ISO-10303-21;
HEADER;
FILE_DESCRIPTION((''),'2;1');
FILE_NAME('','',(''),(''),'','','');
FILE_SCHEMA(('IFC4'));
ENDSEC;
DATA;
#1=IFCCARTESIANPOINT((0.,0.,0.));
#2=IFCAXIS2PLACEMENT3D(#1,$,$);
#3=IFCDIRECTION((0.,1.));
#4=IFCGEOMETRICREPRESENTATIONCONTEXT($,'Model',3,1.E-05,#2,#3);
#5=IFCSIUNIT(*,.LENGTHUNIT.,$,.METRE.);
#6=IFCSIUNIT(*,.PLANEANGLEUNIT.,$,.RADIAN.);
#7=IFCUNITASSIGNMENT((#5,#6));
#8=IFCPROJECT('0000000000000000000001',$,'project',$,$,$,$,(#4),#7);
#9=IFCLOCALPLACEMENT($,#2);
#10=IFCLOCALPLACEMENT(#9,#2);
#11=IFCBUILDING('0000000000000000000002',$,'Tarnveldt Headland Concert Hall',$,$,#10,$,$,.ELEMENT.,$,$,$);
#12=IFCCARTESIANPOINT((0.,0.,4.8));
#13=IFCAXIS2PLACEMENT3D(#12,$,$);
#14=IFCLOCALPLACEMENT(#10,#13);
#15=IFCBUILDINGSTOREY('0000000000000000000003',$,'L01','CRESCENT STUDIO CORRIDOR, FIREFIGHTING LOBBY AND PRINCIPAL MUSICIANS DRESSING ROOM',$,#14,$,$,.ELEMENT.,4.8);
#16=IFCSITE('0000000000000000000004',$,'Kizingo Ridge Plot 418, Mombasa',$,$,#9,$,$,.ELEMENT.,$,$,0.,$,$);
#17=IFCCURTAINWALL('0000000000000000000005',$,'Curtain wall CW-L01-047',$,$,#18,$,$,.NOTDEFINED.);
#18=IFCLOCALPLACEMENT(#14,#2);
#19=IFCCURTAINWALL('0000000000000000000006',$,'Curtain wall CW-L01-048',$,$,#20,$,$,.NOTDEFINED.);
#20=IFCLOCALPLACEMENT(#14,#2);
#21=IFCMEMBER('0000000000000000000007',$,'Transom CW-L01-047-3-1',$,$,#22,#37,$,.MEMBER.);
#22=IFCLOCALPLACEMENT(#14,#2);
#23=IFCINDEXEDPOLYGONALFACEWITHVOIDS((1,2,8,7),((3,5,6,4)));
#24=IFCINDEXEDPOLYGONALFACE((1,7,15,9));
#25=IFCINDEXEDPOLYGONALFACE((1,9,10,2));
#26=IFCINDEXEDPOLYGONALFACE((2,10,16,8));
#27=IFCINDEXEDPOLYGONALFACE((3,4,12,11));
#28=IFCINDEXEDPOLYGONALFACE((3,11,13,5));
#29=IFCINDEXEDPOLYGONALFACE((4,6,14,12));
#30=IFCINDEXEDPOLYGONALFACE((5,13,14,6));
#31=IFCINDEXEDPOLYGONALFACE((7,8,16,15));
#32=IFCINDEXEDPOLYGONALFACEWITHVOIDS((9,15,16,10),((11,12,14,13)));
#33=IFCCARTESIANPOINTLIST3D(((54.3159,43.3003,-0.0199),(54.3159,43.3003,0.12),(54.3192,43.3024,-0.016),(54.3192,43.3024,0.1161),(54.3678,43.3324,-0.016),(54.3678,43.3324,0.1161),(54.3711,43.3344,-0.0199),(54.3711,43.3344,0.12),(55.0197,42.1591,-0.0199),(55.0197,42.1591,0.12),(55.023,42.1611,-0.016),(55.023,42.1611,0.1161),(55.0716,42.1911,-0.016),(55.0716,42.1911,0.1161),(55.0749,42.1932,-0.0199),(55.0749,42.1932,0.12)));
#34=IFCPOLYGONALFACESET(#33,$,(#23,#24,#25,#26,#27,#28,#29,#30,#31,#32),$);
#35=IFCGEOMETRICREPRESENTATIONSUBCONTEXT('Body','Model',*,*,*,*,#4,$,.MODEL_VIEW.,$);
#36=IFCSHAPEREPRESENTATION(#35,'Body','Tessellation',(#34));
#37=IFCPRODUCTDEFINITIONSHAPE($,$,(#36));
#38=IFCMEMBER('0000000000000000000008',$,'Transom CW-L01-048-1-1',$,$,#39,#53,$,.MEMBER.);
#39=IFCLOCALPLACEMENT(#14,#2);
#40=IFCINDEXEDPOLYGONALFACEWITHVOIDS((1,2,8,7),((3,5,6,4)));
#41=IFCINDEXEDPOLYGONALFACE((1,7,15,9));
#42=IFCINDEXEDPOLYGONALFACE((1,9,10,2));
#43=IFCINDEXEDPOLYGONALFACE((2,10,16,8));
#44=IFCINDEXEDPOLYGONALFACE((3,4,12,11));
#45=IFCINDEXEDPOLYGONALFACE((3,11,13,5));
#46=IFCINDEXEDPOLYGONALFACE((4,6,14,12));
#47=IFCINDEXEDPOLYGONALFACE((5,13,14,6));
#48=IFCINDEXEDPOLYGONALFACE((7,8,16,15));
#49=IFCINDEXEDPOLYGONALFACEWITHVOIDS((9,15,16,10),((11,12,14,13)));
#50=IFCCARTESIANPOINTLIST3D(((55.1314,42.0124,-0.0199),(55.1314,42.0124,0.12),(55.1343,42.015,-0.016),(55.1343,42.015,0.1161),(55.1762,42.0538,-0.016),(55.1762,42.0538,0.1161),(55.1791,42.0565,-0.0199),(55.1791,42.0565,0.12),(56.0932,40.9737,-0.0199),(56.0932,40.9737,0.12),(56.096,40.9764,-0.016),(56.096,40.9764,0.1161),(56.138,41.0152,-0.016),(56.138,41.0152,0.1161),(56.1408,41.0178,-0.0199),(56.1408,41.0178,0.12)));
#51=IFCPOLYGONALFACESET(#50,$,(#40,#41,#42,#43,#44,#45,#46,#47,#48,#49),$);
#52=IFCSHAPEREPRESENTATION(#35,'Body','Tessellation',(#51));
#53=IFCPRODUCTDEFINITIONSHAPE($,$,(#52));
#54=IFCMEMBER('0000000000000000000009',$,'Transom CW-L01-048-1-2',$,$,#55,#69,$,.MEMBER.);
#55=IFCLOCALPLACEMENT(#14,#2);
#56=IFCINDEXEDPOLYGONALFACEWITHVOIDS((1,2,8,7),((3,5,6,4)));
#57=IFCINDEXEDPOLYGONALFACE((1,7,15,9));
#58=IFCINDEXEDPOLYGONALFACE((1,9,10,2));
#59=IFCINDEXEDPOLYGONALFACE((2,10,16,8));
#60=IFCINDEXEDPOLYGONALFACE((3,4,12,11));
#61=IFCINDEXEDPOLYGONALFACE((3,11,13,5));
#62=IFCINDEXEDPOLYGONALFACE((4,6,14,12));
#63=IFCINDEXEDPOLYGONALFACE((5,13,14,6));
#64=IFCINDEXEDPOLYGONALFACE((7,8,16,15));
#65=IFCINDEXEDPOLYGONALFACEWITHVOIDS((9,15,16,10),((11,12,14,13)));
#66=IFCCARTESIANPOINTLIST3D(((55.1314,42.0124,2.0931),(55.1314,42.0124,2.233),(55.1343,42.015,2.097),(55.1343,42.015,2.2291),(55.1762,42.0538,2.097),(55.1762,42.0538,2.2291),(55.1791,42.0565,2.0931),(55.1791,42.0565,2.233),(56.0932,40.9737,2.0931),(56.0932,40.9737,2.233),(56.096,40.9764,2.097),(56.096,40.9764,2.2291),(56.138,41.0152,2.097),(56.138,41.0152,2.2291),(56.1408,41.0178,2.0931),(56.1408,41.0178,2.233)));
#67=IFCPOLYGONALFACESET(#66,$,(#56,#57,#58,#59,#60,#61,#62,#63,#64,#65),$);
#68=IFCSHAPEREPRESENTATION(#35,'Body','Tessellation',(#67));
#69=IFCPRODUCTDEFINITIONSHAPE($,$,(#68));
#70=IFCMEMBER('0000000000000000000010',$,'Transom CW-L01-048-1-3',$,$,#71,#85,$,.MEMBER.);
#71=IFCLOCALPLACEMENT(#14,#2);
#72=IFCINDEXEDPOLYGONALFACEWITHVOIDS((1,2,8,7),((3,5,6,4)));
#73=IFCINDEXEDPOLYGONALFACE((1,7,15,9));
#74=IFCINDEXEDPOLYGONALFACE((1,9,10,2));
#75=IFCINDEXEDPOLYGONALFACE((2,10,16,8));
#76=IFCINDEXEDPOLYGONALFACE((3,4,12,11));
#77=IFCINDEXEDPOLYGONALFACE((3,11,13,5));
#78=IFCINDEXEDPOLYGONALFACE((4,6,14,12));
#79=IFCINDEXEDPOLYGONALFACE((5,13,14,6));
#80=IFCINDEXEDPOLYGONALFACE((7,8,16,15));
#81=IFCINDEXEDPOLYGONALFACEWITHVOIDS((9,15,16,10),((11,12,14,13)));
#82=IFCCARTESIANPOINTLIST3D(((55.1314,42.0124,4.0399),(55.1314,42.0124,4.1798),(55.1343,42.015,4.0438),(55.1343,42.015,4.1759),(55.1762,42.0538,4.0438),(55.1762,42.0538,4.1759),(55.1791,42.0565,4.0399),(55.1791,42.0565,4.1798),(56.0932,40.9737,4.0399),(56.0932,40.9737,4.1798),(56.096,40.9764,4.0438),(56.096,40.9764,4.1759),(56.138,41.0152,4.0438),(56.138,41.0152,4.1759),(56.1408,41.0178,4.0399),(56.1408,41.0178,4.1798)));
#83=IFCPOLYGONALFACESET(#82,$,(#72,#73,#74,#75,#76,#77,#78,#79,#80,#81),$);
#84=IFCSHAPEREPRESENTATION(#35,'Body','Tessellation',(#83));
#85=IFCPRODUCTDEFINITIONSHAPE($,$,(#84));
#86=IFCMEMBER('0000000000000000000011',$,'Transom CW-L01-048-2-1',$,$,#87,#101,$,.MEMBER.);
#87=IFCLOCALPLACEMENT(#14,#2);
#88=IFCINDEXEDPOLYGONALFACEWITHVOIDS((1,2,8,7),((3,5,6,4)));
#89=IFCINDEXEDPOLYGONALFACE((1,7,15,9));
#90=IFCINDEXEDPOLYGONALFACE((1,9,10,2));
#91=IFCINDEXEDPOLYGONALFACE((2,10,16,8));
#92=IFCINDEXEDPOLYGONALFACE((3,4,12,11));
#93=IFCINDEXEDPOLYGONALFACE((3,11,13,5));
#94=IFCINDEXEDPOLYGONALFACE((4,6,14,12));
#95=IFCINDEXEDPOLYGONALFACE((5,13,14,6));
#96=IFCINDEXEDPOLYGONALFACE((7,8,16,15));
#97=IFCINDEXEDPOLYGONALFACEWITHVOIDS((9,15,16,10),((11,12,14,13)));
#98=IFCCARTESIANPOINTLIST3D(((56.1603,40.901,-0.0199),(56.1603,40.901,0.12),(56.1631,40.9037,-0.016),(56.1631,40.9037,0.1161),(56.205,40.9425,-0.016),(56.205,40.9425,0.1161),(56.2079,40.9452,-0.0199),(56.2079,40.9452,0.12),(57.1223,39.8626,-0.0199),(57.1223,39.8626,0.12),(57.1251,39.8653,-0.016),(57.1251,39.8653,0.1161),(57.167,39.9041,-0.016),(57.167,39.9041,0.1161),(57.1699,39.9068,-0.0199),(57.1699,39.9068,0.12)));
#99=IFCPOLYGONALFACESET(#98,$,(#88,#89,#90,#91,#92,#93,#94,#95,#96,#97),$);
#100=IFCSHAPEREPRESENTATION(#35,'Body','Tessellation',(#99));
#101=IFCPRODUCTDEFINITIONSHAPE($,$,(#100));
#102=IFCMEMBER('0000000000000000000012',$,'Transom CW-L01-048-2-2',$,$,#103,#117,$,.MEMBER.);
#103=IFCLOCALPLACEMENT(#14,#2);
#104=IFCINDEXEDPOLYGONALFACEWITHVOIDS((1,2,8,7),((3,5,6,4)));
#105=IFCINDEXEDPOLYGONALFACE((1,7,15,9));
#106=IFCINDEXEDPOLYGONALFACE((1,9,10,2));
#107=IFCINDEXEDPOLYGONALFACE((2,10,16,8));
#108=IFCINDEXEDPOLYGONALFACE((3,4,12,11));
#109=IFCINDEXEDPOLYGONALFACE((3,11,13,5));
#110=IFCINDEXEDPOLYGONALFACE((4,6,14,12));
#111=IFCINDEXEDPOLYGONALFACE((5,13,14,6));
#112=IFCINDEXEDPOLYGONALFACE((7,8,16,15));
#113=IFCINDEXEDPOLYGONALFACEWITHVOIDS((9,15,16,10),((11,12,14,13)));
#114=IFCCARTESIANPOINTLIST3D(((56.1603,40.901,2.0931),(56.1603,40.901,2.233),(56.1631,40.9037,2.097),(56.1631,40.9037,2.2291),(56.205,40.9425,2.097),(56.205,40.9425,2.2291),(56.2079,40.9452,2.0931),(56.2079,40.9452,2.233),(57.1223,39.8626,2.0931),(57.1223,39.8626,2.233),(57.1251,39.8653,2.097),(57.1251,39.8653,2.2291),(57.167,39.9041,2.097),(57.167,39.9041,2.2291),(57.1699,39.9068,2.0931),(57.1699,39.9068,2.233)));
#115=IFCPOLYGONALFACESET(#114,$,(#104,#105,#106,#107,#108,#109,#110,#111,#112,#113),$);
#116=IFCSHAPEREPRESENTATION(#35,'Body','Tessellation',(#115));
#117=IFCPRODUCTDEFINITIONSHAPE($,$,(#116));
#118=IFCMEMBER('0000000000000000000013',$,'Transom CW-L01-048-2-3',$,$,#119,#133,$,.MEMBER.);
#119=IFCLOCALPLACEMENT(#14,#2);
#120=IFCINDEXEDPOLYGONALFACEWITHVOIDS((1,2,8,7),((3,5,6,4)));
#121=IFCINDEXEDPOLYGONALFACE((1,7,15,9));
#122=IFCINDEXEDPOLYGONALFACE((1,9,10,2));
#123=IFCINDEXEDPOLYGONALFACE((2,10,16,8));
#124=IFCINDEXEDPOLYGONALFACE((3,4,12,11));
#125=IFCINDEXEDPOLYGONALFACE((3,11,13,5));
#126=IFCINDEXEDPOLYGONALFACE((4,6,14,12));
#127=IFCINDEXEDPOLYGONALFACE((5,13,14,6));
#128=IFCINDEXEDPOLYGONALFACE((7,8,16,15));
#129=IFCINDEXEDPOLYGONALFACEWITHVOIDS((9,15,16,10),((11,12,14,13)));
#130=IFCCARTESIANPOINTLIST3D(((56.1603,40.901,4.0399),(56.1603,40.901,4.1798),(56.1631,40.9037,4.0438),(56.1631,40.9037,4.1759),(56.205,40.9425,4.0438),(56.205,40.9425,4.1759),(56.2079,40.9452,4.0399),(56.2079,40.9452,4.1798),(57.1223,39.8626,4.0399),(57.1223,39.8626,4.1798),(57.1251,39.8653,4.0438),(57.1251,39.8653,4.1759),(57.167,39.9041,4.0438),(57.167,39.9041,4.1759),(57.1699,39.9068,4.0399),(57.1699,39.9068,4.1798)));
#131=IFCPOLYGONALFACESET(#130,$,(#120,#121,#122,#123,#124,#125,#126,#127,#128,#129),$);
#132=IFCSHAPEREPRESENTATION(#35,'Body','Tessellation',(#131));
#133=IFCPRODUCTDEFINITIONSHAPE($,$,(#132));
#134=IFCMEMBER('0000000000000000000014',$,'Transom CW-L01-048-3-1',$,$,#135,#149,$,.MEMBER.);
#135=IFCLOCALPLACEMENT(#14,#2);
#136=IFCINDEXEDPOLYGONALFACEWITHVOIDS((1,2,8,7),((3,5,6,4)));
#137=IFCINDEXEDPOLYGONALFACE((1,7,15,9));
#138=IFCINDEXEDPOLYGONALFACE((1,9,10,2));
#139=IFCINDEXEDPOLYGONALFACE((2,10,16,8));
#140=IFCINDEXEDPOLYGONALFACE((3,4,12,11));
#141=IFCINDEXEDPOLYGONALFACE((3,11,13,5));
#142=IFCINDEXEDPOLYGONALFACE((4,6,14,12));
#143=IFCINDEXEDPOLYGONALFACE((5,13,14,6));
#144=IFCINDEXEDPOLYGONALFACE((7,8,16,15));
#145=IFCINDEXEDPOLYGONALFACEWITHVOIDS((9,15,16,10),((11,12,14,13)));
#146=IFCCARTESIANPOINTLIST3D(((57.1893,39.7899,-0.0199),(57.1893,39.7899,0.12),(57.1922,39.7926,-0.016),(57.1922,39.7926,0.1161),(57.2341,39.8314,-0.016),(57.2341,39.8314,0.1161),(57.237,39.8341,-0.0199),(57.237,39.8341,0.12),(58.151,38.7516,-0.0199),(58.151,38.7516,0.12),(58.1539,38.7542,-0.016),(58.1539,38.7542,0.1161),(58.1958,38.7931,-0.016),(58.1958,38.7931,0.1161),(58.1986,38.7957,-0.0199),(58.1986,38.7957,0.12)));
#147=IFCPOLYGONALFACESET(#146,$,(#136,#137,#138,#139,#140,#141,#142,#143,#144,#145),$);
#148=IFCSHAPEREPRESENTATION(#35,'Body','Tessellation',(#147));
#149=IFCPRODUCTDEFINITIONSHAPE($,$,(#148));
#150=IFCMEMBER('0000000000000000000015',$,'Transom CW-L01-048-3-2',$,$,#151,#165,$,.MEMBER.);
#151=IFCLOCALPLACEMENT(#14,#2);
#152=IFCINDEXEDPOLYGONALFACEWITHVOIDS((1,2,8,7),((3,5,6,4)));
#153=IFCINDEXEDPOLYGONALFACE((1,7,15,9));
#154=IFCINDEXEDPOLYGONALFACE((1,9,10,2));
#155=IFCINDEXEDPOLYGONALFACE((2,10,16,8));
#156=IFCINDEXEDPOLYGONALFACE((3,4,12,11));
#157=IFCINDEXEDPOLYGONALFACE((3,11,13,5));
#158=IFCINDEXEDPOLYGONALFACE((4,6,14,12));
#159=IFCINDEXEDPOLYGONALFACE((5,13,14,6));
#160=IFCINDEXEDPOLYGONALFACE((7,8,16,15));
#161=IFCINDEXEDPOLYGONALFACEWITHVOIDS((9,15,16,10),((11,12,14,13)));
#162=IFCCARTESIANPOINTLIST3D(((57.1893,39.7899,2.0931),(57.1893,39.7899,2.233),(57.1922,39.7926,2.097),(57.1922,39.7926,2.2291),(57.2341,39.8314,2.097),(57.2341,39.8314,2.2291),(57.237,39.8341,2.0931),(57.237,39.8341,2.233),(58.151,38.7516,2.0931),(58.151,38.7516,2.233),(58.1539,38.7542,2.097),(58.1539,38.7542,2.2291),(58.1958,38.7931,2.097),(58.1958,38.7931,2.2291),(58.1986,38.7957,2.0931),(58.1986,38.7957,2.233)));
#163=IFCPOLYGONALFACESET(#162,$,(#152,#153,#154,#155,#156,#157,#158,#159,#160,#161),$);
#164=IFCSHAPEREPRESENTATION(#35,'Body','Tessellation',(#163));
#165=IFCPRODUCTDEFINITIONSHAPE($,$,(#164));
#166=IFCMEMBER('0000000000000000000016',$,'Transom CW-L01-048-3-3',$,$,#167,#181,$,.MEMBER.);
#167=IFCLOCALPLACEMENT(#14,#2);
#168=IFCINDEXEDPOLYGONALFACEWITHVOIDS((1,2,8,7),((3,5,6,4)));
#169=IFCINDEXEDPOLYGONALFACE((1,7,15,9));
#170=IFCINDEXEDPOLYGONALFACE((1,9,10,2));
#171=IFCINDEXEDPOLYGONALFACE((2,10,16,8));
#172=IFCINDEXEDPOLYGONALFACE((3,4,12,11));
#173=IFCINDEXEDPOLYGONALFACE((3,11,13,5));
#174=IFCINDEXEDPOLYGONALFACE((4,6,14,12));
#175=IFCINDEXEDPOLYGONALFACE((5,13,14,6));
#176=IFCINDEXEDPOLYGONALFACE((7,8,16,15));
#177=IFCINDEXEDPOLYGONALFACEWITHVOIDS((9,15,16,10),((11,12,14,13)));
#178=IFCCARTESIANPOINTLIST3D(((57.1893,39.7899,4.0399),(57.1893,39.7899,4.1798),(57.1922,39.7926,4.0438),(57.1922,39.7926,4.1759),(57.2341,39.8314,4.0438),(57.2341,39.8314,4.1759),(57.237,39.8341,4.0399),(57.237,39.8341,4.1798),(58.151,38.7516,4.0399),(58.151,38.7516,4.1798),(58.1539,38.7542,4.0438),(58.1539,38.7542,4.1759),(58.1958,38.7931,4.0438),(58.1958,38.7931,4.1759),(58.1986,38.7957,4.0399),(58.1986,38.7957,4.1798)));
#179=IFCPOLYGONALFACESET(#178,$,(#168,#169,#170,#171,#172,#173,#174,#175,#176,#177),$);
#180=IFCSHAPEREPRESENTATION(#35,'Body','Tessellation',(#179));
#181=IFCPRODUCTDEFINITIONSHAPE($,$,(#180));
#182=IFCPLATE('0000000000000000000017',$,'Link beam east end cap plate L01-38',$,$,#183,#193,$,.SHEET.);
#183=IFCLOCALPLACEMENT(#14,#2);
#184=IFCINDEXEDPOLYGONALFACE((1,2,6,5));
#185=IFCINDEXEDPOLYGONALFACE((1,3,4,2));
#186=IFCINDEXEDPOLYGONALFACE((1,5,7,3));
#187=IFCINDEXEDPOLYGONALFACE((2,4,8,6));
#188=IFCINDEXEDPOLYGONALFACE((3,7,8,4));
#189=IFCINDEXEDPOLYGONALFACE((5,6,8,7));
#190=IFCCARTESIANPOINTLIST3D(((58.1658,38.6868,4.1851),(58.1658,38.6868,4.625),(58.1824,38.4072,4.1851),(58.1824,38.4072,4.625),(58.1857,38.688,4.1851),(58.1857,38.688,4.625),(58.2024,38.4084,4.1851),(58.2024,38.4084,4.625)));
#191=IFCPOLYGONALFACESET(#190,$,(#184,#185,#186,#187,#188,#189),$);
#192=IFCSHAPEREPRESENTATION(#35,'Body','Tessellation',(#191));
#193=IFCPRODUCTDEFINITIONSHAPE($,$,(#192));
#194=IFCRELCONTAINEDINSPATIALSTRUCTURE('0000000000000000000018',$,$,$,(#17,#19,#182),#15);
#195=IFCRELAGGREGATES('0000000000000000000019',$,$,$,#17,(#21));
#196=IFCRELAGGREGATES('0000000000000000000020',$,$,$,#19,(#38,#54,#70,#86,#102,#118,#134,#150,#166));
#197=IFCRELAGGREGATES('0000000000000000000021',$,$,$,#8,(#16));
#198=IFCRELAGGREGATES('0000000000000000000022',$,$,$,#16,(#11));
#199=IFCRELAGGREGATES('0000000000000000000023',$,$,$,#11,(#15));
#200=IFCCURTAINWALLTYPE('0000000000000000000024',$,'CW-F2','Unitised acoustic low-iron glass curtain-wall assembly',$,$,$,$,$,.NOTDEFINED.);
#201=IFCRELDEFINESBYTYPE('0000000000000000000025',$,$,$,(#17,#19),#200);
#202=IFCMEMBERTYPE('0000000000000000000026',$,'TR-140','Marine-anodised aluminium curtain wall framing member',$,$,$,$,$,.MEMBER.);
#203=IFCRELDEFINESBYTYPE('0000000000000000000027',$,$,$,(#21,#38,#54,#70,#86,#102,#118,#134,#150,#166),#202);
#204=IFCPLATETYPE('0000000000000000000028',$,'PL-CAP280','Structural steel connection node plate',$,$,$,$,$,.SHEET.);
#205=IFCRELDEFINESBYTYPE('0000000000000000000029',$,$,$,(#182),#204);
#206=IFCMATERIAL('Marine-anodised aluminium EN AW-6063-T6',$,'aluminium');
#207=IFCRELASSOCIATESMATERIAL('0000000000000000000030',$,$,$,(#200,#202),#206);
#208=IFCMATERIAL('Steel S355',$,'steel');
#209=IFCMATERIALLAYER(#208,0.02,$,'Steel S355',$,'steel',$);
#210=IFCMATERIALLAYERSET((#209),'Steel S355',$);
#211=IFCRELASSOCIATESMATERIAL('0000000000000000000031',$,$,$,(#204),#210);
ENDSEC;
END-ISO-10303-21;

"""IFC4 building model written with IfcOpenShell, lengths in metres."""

from ifc_helpers import new_model, si_unit, direction, frame, origin, origin_2d, place, context, subcontext, project, spatial, rectangle, hollow_rectangle, extrude, material, layer, layer_set, material_profile, profile_set, type_object, element, aggregate, save


model = new_model("IFC4")

# Units and contexts
model_context = context("Model", 3, precision=1e-05, world=origin(), true_north=direction((0.0, 1.0)))
body_context = subcontext(model_context, "Body", "Model", "MODEL_VIEW")
ifc_project = project(units=[si_unit("LENGTHUNIT", "METRE"), si_unit("PLANEANGLEUNIT", "RADIAN")], contexts=[model_context])

# Site, building, storey
site_placement = place(None, origin())
site = spatial("IfcSite", under=ifc_project, at=site_placement, Name="Kizingo Ridge Plot 418, Mombasa", CompositionType="ELEMENT", RefElevation=0.0)
building_placement = place(site_placement, origin())
building = spatial("IfcBuilding", under=site, at=building_placement, Name="Tarnveldt Headland Concert Hall", CompositionType="ELEMENT")
storey_placement = place(building_placement, frame((0.0, 0.0, 4.8)))
storey = spatial("IfcBuildingStorey", under=building, at=storey_placement, Name="L01", Description="CRESCENT STUDIO CORRIDOR, FIREFIGHTING LOBBY AND PRINCIPAL MUSICIANS DRESSING ROOM", CompositionType="ELEMENT", Elevation=4.8)

# Shared definitions
ifc_material_1 = material(Name="Marine-anodised aluminium EN AW-6063-T6", Category="aluminium")

# Curtain wall
curtain_wall_type_1 = type_object("IfcCurtainWallType", Name="CW-F2", Description="Unitised acoustic low-iron glass curtain-wall assembly", PredefinedType="NOTDEFINED", material=ifc_material_1)
curtain_wall_1_placement = place(storey_placement, origin())
curtain_wall_1 = element("IfcCurtainWall", 1, at=curtain_wall_1_placement, inside=storey, type_object=curtain_wall_type_1, Name="Curtain wall CW-L01-047", PredefinedType="NOTDEFINED")

# Curtain wall
curtain_wall_2_placement = place(storey_placement, origin())
curtain_wall_2 = element("IfcCurtainWall", 2, at=curtain_wall_2_placement, inside=storey, type_object=curtain_wall_type_1, Name="Curtain wall CW-L01-048", PredefinedType="NOTDEFINED")

# Members
ifc_material_profile_1 = material_profile(ifc_material_1, hollow_rectangle(XDim=0.0649, YDim=0.1399, WallThickness=0.0039, at=origin_2d()), Name="ALU TRANSOM 65x140x4", Category="aluminium")
ifc_profile_set_1 = profile_set([ifc_material_profile_1], Name="Marine-anodised aluminium EN AW-6063-T6")
member_type_1 = type_object("IfcMemberType", Name="TR-140", Description="Marine-anodised aluminium curtain wall framing member", PredefinedType="MEMBER", material=ifc_profile_set_1)
member_1_placement = place(storey_placement, frame((54.3435, 43.3174, 0.05), z_axis=(0.5249, -0.851164, 0.0), x_axis=(0.851164, 0.5249, 0.0)))
member_1 = element("IfcMember", 3, at=member_1_placement, type_object=member_type_1, Name="Transom CW-L01-047-3-1", PredefinedType="MEMBER", context=body_context, shape_type="SweptSolid", body=[
    extrude(hollow_rectangle(XDim=0.0649, YDim=0.1399, WallThickness=0.0039, at=origin_2d()), origin(), (0.0, 0.0, 1.0), 1.3408),
])
member_2_placement = place(storey_placement, frame((55.1553, 42.0344, 0.05), z_axis=(0.679418, -0.733751, 0.0), x_axis=(0.733751, 0.679418, 0.0)))
member_2 = element("IfcMember", 4, at=member_2_placement, type_object=member_type_1, Name="Transom CW-L01-048-1-1", PredefinedType="MEMBER", context=body_context, shape_type="SweptSolid", body=[
    extrude(hollow_rectangle(XDim=0.0649, YDim=0.1399, WallThickness=0.0039, at=origin_2d()), origin(), (0.0, 0.0, 1.0), 1.4155),
])
member_3_placement = place(storey_placement, frame((55.1553, 42.0344, 2.1631), z_axis=(0.679418, -0.733751, 0.0), x_axis=(0.733751, 0.679418, 0.0)))
member_3 = element("IfcMember", 5, at=member_3_placement, type_object=member_type_1, Name="Transom CW-L01-048-1-2", PredefinedType="MEMBER", context=body_context, shape_type="SweptSolid", body=[
    extrude(hollow_rectangle(XDim=0.0649, YDim=0.1399, WallThickness=0.0039, at=origin_2d()), origin(), (0.0, 0.0, 1.0), 1.4155),
])
member_4_placement = place(storey_placement, frame((55.1553, 42.0344, 4.1099), z_axis=(0.679418, -0.733751, 0.0), x_axis=(0.733751, 0.679418, 0.0)))
member_4 = element("IfcMember", 6, at=member_4_placement, type_object=member_type_1, Name="Transom CW-L01-048-1-3", PredefinedType="MEMBER", context=body_context, shape_type="SweptSolid", body=[
    extrude(hollow_rectangle(XDim=0.0649, YDim=0.1399, WallThickness=0.0039, at=origin_2d()), origin(), (0.0, 0.0, 1.0), 1.4155),
])
member_5_placement = place(storey_placement, frame((56.1841, 40.9231, 0.05), z_axis=(0.679597, -0.733585, 0.0), x_axis=(0.733585, 0.679597, 0.0)))
member_5 = element("IfcMember", 7, at=member_5_placement, type_object=member_type_1, Name="Transom CW-L01-048-2-1", PredefinedType="MEMBER", context=body_context, shape_type="SweptSolid", body=[
    extrude(hollow_rectangle(XDim=0.0649, YDim=0.1399, WallThickness=0.0039, at=origin_2d()), origin(), (0.0, 0.0, 1.0), 1.4155),
])
member_6_placement = place(storey_placement, frame((56.1841, 40.9231, 2.1631), z_axis=(0.679597, -0.733585, 0.0), x_axis=(0.733585, 0.679597, 0.0)))
member_6 = element("IfcMember", 8, at=member_6_placement, type_object=member_type_1, Name="Transom CW-L01-048-2-2", PredefinedType="MEMBER", context=body_context, shape_type="SweptSolid", body=[
    extrude(hollow_rectangle(XDim=0.0649, YDim=0.1399, WallThickness=0.0039, at=origin_2d()), origin(), (0.0, 0.0, 1.0), 1.4155),
])
member_7_placement = place(storey_placement, frame((56.1841, 40.9231, 4.1099), z_axis=(0.679597, -0.733585, 0.0), x_axis=(0.733585, 0.679597, 0.0)))
member_7 = element("IfcMember", 9, at=member_7_placement, type_object=member_type_1, Name="Transom CW-L01-048-2-3", PredefinedType="MEMBER", context=body_context, shape_type="SweptSolid", body=[
    extrude(hollow_rectangle(XDim=0.0649, YDim=0.1399, WallThickness=0.0039, at=origin_2d()), origin(), (0.0, 0.0, 1.0), 1.4155),
])
member_8_placement = place(storey_placement, frame((57.2131, 39.812, 0.05), z_axis=(0.679504, -0.733671, 0.0), x_axis=(0.733671, 0.679504, 0.0)))
member_8 = element("IfcMember", 10, at=member_8_placement, type_object=member_type_1, Name="Transom CW-L01-048-3-1", PredefinedType="MEMBER", context=body_context, shape_type="SweptSolid", body=[
    extrude(hollow_rectangle(XDim=0.0649, YDim=0.1399, WallThickness=0.0039, at=origin_2d()), origin(), (0.0, 0.0, 1.0), 1.4153),
])
member_9_placement = place(storey_placement, frame((57.2131, 39.812, 2.1631), z_axis=(0.679504, -0.733671, 0.0), x_axis=(0.733671, 0.679504, 0.0)))
member_9 = element("IfcMember", 11, at=member_9_placement, type_object=member_type_1, Name="Transom CW-L01-048-3-2", PredefinedType="MEMBER", context=body_context, shape_type="SweptSolid", body=[
    extrude(hollow_rectangle(XDim=0.0649, YDim=0.1399, WallThickness=0.0039, at=origin_2d()), origin(), (0.0, 0.0, 1.0), 1.4153),
])
member_10_placement = place(storey_placement, frame((57.2131, 39.812, 4.1099), z_axis=(0.679504, -0.733671, 0.0), x_axis=(0.733671, 0.679504, 0.0)))
member_10 = element("IfcMember", 12, at=member_10_placement, type_object=member_type_1, Name="Transom CW-L01-048-3-3", PredefinedType="MEMBER", context=body_context, shape_type="SweptSolid", body=[
    extrude(hollow_rectangle(XDim=0.0649, YDim=0.1399, WallThickness=0.0039, at=origin_2d()), origin(), (0.0, 0.0, 1.0), 1.4153),
])

# Plate
ifc_material_2 = material(Name="Steel S355", Category="steel")
ifc_layer_1 = layer(ifc_material_2, 0.02, Name="Steel S355", Category="steel")
ifc_layer_set_1 = layer_set([ifc_layer_1], Name="Steel S355")
plate_type_1 = type_object("IfcPlateType", Name="PL-CAP280", Description="Structural steel connection node plate", PredefinedType="SHEET", material=ifc_layer_set_1)
plate_1_placement = place(storey_placement, frame((58.1841, 38.5476, 4.1851), z_axis=(0.0, 0.0, 1.0), x_axis=(0.998229, 0.059481, 0.0)))
element("IfcPlate", 13, at=plate_1_placement, inside=storey, type_object=plate_type_1, Name="Link beam east end cap plate L01-38", PredefinedType="SHEET", context=body_context, shape_type="SweptSolid", body=[
    extrude(rectangle(XDim=0.02, YDim=0.28, at=origin_2d()), origin(), (0.0, 0.0, 1.0), 0.4399),
])
aggregate(curtain_wall_1, [member_1])
aggregate(curtain_wall_2, [member_2, member_3, member_4, member_5, member_6, member_7, member_8, member_9, member_10])

save(model, "model.ifc")
